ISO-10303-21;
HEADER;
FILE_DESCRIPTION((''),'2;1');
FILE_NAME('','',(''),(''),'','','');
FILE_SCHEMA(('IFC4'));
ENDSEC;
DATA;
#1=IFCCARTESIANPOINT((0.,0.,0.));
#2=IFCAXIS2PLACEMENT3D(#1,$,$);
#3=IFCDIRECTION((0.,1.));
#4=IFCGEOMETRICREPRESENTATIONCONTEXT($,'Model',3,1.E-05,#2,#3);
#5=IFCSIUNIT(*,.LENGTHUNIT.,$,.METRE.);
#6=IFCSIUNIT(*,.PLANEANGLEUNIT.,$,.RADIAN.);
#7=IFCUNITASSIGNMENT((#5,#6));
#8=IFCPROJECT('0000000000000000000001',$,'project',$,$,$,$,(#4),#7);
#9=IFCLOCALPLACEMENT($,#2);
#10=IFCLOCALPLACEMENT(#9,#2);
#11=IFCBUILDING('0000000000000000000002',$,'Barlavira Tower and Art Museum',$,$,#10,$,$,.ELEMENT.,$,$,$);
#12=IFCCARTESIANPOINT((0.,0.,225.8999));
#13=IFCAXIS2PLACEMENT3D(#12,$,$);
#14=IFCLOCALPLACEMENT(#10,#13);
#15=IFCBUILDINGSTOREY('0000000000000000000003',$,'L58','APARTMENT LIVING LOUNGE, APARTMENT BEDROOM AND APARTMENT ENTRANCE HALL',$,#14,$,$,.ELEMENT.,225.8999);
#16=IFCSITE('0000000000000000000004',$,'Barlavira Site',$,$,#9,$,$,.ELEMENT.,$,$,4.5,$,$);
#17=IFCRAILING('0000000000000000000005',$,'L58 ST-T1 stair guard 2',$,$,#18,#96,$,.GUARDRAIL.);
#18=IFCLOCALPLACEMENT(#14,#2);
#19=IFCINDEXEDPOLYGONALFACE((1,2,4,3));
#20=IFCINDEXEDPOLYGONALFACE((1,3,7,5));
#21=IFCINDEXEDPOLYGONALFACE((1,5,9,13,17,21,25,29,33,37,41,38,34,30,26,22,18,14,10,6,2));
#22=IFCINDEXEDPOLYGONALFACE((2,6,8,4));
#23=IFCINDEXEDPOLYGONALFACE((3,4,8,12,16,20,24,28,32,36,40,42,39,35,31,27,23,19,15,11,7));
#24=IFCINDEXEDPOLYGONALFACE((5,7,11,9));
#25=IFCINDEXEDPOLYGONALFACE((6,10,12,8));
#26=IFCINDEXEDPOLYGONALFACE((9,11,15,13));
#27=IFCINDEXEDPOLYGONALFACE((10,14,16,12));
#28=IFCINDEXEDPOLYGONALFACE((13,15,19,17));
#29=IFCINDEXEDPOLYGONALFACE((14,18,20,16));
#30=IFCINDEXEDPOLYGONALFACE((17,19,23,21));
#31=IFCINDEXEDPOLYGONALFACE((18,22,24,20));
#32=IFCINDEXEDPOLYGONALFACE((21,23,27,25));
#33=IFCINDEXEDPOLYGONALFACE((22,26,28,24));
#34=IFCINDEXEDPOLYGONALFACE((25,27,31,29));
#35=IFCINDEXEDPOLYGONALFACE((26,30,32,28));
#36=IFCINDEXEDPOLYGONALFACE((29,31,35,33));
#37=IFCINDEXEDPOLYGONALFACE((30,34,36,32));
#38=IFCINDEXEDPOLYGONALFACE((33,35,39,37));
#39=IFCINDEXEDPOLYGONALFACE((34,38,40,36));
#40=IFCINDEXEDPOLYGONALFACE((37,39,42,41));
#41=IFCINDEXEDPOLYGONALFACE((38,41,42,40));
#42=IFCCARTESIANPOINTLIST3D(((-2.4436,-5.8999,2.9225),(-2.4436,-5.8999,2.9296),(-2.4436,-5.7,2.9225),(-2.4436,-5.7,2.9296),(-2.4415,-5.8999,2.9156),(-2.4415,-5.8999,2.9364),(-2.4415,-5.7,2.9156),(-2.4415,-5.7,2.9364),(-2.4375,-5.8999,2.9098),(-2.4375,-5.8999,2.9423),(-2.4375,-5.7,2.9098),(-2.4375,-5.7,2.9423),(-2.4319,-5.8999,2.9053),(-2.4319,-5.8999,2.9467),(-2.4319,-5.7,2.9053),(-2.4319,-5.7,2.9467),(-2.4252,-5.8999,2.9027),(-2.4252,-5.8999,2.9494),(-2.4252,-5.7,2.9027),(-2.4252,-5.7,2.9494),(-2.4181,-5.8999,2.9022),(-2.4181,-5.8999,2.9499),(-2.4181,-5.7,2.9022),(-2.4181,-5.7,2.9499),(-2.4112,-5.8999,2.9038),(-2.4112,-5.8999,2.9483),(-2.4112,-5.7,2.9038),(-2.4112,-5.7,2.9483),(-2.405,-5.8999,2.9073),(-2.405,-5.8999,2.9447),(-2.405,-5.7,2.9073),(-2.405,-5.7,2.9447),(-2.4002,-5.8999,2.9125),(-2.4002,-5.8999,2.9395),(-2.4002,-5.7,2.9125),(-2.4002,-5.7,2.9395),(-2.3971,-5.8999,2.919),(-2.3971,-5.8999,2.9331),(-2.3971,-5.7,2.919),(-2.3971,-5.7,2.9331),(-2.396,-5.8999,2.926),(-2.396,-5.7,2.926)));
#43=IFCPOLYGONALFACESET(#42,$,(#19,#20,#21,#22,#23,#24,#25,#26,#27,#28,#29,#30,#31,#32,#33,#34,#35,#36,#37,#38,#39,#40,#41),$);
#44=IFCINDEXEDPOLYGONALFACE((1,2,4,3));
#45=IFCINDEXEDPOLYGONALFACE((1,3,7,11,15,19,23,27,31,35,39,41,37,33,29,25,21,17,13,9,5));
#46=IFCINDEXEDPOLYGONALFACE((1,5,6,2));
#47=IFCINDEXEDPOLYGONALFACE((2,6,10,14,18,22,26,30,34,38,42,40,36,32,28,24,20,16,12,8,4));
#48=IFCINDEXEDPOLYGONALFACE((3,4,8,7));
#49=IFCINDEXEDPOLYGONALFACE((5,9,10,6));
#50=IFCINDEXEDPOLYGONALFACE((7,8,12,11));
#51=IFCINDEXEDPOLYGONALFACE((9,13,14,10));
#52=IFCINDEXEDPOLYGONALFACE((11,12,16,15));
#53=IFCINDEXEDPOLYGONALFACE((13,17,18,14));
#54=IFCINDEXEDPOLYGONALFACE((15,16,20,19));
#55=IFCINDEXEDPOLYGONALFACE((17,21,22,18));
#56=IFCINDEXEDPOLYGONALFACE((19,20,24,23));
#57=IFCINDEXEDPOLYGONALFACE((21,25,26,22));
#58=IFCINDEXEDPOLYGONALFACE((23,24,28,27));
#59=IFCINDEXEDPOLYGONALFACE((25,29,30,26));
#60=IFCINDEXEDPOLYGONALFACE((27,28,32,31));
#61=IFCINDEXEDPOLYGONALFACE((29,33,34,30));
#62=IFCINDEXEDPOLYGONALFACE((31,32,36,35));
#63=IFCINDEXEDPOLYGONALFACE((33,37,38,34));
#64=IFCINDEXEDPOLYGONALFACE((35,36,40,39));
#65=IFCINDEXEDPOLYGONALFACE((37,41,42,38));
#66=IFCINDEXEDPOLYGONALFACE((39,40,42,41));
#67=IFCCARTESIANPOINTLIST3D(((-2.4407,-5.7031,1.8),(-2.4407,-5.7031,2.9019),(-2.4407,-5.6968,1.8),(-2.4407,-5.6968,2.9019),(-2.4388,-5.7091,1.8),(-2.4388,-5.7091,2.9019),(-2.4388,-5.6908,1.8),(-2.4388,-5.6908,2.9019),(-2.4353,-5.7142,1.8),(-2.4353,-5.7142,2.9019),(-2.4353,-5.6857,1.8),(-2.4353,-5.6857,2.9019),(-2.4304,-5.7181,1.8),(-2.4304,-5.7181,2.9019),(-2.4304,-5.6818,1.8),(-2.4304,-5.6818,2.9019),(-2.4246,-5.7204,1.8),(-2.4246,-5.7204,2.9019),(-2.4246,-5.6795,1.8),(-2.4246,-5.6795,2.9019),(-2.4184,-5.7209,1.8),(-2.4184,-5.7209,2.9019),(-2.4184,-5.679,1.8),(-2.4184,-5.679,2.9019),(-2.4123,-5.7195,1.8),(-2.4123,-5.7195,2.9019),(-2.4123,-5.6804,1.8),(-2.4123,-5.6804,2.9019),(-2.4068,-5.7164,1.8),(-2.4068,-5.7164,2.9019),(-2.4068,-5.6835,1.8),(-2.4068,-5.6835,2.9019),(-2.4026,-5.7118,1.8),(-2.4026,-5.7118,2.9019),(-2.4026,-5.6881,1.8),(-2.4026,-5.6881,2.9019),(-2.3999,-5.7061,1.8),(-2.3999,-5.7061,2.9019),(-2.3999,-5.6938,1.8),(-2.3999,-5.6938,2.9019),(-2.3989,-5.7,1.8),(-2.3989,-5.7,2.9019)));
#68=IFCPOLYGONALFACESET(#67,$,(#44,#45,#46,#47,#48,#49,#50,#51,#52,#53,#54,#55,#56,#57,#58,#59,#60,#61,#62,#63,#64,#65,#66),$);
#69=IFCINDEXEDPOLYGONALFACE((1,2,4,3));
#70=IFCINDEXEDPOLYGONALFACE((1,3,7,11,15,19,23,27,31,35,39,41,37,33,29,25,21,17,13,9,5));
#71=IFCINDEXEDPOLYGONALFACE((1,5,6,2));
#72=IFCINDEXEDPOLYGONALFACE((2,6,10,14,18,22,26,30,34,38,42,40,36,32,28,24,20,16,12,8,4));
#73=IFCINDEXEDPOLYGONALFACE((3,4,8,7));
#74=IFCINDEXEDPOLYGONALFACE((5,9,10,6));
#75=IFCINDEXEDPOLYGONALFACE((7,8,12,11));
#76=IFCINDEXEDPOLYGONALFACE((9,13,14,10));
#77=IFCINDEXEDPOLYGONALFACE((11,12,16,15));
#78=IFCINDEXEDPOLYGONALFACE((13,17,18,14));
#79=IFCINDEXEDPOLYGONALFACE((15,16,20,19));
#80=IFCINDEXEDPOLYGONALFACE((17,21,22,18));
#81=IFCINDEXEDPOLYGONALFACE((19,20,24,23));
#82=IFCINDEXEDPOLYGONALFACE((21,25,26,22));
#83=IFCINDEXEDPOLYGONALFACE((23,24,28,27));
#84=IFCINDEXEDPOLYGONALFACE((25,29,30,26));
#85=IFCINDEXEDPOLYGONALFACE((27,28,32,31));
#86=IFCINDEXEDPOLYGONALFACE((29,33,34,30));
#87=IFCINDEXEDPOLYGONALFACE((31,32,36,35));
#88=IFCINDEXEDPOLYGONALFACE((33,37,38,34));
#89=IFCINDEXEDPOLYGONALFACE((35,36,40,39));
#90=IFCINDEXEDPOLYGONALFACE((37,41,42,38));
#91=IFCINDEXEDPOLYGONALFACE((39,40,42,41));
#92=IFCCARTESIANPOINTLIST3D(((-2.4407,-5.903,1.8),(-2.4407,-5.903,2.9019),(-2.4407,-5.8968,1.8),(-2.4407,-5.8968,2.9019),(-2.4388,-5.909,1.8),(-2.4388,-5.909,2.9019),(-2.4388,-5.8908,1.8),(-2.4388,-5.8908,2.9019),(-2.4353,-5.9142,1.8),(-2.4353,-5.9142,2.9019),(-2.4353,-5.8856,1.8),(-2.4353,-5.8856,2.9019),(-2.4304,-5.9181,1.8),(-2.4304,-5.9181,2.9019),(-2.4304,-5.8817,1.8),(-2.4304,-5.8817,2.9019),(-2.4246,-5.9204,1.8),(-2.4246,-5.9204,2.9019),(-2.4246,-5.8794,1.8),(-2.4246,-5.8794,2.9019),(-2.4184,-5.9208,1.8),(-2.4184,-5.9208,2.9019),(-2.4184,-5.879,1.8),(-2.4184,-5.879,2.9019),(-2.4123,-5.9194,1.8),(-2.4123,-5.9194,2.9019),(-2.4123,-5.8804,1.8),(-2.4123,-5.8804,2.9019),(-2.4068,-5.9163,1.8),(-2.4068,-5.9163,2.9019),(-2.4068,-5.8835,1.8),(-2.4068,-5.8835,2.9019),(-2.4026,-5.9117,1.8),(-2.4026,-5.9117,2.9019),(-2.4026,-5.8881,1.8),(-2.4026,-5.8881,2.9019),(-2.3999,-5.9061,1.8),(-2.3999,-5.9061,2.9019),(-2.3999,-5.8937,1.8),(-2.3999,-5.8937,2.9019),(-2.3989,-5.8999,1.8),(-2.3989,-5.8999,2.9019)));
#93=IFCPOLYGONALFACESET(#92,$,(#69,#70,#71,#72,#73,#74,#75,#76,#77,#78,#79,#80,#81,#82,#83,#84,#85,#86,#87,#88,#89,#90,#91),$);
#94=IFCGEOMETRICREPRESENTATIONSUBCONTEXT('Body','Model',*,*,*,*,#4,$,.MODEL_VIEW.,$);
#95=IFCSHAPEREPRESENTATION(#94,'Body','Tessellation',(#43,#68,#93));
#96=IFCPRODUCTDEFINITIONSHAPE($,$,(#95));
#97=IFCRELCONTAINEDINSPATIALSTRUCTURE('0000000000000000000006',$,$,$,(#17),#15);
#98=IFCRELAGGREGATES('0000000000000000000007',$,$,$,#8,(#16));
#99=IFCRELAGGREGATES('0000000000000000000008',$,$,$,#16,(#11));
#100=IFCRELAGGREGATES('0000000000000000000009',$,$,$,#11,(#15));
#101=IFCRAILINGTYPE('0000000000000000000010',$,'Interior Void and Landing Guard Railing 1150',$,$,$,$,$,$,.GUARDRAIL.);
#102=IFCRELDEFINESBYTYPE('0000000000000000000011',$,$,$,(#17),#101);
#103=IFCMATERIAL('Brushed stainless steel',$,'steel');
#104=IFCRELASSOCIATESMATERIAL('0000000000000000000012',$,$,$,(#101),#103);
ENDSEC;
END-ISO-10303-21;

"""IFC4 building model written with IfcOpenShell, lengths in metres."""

from ifc_helpers import new_model, si_unit, direction, frame, origin, origin_2d, place, context, subcontext, project, spatial, circle, extrude, material, type_object, element, save


model = new_model("IFC4")

# Units and contexts
model_context = context("Model", 3, precision=1e-05, world=origin(), true_north=direction((0.0, 1.0)))
body_context = subcontext(model_context, "Body", "Model", "MODEL_VIEW")
ifc_project = project(units=[si_unit("LENGTHUNIT", "METRE"), si_unit("PLANEANGLEUNIT", "RADIAN")], contexts=[model_context])

# Site, building, storey
site_placement = place(None, origin())
site = spatial("IfcSite", under=ifc_project, at=site_placement, Name="Barlavira Site", CompositionType="ELEMENT", RefElevation=4.5)
building_placement = place(site_placement, origin())
building = spatial("IfcBuilding", under=site, at=building_placement, Name="Barlavira Tower and Art Museum", CompositionType="ELEMENT")
storey_placement = place(building_placement, frame((0.0, 0.0, 225.8999)))
storey = spatial("IfcBuildingStorey", under=building, at=storey_placement, Name="L58", Description="APARTMENT LIVING LOUNGE, APARTMENT BEDROOM AND APARTMENT ENTRANCE HALL", CompositionType="ELEMENT", Elevation=225.8999)

# Shared definitions
ifc_material_1 = material(Name="Brushed stainless steel", Category="steel")

# Railing
railing_type_1 = type_object("IfcRailingType", Name="Interior Void and Landing Guard Railing 1150", PredefinedType="GUARDRAIL", material=ifc_material_1)
railing_1_placement = place(storey_placement, frame((-2.4199, -5.7, 1.8)))
element("IfcRailing", 1, at=railing_1_placement, inside=storey, type_object=railing_type_1, Name="L58 ST-T1 stair guard 2", PredefinedType="GUARDRAIL", context=body_context, shape_type="SweptSolid", body=[
    extrude(circle(Radius=0.0239, at=origin_2d()), frame((0.0, 0.0, 1.126), z_axis=(0.0, -1.0, 0.0), x_axis=(1.0, 0.0, 0.0)), (0.0, 0.0, 1.0), 0.2),
    extrude(circle(Radius=0.021, at=origin_2d()), origin(), (0.0, 0.0, 1.0), 1.1018),
    extrude(circle(Radius=0.021, at=origin_2d()), frame((0.0, -0.2, 0.0)), (0.0, 0.0, 1.0), 1.1018),
])

save(model, "model.ifc")
